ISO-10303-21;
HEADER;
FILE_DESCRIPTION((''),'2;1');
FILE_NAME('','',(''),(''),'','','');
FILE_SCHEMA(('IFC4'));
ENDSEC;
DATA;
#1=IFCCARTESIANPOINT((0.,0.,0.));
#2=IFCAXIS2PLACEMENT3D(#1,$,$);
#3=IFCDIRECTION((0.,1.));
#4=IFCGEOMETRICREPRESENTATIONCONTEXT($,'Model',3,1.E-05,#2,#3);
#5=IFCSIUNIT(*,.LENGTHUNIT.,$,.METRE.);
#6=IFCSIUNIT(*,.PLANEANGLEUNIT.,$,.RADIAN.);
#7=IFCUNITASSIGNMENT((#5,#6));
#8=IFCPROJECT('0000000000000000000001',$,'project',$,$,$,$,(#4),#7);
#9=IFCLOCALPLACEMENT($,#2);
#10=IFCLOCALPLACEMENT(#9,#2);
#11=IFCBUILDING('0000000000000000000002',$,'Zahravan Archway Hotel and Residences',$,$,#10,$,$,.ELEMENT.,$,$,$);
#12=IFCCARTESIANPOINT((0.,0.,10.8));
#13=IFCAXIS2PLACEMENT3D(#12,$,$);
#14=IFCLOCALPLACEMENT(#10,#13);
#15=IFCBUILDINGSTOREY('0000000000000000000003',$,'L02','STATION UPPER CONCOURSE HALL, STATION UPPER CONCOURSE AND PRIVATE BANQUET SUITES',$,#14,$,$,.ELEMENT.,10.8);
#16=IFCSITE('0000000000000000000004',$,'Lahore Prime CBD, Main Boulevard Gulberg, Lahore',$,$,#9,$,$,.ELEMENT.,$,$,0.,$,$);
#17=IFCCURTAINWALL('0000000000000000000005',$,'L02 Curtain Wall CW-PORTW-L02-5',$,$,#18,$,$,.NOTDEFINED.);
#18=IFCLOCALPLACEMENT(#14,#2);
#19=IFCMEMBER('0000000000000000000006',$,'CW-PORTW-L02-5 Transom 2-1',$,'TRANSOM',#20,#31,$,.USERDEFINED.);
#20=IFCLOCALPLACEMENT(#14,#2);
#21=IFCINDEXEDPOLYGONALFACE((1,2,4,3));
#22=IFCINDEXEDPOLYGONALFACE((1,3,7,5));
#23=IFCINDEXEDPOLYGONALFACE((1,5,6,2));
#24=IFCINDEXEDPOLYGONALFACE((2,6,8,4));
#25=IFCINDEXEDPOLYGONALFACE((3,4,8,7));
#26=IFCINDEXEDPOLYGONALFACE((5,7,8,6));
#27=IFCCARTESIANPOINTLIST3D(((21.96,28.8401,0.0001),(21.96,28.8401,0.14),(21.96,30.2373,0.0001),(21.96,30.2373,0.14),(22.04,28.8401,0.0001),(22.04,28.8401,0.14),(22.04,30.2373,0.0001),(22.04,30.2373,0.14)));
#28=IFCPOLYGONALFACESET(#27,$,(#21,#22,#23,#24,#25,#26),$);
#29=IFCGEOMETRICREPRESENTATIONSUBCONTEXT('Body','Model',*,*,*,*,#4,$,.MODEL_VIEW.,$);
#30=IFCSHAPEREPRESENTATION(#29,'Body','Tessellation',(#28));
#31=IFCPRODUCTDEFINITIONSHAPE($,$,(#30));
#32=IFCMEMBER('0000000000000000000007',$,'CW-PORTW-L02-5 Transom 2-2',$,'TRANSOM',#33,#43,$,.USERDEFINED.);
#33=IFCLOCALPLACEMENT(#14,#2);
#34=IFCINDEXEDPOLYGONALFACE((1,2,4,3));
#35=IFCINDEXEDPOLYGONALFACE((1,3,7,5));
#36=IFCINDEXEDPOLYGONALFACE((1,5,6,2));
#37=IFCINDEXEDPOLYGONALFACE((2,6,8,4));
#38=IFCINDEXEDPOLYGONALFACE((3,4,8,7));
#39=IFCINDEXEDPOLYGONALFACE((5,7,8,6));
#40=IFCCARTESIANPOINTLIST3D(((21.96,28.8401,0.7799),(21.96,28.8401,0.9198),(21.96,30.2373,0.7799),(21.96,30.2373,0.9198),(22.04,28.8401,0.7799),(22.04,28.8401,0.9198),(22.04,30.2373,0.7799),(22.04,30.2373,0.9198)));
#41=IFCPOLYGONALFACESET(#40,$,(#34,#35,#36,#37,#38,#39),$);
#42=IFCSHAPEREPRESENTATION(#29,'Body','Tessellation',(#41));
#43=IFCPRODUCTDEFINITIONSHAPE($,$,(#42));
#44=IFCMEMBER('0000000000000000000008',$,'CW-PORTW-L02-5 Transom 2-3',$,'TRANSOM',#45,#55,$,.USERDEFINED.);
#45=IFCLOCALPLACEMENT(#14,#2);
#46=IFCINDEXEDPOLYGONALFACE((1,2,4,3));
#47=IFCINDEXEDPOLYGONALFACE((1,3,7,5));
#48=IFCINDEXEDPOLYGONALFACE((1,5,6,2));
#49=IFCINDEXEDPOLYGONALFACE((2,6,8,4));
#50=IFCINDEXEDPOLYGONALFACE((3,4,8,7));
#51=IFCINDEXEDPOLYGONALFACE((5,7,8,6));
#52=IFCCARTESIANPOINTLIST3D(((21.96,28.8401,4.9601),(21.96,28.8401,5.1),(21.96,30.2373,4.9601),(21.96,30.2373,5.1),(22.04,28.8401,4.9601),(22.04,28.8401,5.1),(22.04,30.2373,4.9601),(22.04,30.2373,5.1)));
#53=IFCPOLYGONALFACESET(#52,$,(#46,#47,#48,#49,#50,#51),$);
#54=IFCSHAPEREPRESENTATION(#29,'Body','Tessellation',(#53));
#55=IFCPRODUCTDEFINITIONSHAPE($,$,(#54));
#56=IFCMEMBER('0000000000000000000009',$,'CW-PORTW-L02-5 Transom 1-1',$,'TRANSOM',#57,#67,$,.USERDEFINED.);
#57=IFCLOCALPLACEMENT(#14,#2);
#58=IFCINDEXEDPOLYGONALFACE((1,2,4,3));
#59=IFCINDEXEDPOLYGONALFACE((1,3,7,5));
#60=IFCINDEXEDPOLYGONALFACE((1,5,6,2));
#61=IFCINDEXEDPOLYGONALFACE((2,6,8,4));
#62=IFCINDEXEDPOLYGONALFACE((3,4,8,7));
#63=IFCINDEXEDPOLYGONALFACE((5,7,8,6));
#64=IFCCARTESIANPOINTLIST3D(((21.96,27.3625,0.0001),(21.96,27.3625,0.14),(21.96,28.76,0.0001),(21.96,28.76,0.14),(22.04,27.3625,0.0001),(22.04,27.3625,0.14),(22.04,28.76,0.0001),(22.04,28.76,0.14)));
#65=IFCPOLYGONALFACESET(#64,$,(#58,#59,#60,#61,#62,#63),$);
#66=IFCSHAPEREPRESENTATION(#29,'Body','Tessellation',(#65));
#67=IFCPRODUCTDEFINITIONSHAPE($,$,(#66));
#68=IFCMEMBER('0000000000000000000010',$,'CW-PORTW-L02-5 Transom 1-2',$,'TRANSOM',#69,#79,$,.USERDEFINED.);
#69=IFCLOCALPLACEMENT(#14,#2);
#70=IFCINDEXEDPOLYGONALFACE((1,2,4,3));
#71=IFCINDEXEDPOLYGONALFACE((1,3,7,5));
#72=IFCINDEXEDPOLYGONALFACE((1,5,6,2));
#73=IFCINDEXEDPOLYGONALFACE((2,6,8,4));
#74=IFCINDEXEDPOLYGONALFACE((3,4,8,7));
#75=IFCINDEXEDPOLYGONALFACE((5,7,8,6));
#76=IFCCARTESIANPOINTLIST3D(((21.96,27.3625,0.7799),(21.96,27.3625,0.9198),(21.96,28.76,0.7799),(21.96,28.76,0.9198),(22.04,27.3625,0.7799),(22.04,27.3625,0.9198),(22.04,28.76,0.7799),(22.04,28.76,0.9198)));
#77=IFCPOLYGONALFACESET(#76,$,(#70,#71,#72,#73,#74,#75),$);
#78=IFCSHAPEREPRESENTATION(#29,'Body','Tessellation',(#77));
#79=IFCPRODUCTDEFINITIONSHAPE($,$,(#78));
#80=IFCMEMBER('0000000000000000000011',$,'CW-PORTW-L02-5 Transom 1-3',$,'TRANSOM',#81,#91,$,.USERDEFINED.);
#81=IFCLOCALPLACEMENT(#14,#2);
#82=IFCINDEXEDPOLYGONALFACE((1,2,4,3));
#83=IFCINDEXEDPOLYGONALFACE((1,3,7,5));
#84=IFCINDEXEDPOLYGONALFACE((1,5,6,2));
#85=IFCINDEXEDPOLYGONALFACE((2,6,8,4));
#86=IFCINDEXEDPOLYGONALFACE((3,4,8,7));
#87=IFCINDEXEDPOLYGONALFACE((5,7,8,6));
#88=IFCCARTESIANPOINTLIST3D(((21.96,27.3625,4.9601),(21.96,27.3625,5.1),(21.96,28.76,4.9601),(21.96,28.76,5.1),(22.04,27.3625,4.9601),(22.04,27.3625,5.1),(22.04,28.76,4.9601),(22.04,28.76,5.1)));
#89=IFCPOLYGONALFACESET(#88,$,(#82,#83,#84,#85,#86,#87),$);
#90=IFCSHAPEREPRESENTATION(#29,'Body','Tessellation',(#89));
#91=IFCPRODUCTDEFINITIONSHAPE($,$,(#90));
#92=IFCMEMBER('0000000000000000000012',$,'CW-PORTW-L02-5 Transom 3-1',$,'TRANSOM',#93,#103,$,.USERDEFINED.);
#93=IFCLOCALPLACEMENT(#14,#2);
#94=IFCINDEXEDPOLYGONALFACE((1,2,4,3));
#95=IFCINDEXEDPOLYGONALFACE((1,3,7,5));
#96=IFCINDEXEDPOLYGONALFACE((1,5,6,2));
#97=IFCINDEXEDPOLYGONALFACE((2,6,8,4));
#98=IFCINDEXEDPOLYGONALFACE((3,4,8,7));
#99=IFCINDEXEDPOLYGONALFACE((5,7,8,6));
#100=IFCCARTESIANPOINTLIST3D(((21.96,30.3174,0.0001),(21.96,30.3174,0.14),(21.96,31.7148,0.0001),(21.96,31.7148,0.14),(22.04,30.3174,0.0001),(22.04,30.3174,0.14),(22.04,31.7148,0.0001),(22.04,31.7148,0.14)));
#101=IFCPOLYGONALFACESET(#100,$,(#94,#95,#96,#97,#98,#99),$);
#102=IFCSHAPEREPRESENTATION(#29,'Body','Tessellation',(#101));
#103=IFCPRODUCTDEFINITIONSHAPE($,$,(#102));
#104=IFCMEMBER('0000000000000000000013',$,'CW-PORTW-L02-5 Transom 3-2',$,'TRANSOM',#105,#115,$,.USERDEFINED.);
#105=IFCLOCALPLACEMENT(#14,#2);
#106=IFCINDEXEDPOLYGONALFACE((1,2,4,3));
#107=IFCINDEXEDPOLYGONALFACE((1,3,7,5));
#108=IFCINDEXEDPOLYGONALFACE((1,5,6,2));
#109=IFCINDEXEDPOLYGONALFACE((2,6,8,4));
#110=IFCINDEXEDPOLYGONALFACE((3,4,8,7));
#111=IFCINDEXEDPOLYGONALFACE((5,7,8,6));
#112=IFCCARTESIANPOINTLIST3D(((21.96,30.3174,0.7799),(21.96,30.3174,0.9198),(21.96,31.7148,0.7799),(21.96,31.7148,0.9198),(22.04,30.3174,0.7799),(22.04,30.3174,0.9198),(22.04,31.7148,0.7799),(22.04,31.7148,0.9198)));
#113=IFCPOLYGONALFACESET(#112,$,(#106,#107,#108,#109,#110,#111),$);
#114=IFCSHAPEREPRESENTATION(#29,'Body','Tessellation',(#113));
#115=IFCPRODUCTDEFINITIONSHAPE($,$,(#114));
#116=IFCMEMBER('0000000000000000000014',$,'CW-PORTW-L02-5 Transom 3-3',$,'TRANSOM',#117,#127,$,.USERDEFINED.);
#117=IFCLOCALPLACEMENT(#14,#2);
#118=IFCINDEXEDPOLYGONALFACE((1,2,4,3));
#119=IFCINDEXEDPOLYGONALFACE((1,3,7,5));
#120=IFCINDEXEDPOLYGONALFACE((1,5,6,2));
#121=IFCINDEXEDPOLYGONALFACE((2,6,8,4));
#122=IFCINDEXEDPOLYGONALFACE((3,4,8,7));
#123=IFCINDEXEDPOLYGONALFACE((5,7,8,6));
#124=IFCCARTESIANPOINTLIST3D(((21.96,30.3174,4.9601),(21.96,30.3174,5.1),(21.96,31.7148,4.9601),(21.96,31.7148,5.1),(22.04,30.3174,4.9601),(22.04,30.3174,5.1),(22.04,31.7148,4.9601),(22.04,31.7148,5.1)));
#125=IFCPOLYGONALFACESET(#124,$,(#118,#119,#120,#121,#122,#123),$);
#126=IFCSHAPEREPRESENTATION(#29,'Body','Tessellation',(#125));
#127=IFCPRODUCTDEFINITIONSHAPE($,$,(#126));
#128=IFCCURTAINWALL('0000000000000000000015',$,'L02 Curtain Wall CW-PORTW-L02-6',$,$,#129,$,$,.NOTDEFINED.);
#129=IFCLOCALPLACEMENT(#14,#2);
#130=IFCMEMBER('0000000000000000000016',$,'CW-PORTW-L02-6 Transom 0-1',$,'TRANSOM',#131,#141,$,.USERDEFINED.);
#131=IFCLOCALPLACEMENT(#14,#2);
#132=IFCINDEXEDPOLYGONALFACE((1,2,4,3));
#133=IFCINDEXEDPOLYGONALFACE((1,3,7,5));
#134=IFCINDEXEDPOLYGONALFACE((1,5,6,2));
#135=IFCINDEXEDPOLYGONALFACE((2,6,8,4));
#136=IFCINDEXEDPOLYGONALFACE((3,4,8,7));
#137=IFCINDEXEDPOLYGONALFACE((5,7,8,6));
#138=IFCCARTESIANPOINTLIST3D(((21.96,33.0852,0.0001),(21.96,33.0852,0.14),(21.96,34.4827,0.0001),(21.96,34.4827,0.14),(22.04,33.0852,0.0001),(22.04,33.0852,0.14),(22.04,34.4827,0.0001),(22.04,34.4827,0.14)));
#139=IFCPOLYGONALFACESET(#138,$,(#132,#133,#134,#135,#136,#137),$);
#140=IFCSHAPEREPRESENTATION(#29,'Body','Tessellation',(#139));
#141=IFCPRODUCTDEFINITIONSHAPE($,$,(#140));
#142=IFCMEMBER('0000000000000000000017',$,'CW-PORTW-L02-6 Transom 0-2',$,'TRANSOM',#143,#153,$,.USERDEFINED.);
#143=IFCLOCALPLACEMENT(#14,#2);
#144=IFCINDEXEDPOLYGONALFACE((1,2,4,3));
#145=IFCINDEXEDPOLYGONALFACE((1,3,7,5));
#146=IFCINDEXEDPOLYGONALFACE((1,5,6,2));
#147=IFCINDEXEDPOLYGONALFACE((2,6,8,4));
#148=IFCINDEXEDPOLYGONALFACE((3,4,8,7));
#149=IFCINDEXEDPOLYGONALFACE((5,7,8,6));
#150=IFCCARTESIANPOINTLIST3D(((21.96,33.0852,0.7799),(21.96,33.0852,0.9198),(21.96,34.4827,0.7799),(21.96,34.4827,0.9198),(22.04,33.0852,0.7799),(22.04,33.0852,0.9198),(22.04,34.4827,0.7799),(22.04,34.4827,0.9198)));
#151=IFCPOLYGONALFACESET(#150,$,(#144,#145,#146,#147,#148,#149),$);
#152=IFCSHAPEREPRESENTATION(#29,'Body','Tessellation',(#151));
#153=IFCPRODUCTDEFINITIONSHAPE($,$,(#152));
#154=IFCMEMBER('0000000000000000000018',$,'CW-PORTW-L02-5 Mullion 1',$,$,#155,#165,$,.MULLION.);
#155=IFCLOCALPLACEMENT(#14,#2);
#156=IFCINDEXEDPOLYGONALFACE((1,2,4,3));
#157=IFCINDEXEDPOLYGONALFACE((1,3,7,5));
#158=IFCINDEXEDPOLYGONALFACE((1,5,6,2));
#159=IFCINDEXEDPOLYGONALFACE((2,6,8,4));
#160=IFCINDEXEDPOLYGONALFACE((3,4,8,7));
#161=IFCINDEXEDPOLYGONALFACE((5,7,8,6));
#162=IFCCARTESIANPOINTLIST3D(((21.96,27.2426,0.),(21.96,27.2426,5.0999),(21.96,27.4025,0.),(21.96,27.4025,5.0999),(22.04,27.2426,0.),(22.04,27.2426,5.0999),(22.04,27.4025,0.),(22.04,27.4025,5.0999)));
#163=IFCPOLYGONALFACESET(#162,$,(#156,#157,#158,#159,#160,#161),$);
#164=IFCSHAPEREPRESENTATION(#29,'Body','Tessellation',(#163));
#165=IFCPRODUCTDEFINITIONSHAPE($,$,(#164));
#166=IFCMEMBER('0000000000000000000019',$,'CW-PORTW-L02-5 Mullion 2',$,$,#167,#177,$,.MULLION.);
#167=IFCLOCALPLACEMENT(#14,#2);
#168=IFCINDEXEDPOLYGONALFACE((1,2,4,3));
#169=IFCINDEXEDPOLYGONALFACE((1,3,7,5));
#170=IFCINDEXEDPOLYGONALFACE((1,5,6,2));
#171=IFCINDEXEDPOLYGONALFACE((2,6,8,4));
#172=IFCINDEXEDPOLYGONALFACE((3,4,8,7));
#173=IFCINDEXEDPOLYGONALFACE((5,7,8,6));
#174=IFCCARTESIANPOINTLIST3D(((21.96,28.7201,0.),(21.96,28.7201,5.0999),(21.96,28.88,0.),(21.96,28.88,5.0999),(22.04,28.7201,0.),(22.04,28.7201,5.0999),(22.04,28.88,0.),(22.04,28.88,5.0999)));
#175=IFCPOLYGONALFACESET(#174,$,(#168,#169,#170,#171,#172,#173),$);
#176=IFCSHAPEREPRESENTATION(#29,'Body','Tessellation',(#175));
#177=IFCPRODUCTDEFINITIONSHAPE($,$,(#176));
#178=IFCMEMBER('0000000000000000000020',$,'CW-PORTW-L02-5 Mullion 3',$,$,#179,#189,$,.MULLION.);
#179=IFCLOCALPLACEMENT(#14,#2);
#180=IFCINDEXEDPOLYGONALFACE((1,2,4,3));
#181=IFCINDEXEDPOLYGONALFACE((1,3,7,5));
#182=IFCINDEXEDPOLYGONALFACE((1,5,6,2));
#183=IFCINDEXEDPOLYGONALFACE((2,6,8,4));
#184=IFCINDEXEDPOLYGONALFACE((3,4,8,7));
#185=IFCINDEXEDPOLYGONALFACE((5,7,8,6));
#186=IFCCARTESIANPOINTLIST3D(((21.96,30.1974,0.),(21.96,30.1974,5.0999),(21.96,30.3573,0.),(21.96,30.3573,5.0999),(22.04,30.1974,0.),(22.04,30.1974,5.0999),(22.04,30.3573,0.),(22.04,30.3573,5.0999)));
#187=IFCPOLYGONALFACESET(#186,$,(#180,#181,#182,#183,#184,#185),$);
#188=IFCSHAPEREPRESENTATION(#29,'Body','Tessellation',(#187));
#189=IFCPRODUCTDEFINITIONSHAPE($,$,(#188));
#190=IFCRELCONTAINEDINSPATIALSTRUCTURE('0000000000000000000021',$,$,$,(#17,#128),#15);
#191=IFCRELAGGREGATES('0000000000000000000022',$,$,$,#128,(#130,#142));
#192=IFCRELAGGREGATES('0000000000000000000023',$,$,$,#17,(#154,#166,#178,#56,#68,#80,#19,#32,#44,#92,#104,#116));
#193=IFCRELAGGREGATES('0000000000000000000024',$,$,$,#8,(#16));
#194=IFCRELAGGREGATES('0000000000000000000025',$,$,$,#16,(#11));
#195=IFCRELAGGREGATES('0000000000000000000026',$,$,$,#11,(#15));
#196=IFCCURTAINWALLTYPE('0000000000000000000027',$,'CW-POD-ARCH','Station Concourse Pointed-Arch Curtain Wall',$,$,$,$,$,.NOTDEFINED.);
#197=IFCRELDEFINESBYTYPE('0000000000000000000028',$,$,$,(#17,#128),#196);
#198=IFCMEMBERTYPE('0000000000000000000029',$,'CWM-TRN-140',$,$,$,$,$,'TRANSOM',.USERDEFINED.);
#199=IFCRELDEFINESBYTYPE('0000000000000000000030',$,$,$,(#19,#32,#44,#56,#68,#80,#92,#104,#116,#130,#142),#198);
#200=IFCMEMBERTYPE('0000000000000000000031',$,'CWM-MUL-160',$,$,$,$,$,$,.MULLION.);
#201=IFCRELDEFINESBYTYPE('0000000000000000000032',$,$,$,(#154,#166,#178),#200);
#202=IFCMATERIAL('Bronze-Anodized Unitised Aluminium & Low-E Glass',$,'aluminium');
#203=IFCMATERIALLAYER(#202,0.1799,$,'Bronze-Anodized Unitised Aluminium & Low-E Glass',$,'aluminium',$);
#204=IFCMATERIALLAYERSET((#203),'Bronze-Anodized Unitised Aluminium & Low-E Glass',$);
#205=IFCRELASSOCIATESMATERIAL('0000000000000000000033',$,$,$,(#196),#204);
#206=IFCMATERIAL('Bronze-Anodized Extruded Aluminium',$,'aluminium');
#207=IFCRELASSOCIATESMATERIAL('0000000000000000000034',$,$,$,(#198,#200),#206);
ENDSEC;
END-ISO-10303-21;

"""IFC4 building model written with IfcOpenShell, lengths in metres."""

from ifc_helpers import new_model, si_unit, direction, frame, origin, origin_2d, place, context, subcontext, project, spatial, rectangle, extrude, source, transform, mapped, material, layer, layer_set, material_profile, profile_set, type_object, element, aggregate, save


model = new_model("IFC4")

# Units and contexts
model_context = context("Model", 3, precision=1e-05, world=origin(), true_north=direction((0.0, 1.0)))
body_context = subcontext(model_context, "Body", "Model", "MODEL_VIEW")
ifc_project = project(units=[si_unit("LENGTHUNIT", "METRE"), si_unit("PLANEANGLEUNIT", "RADIAN")], contexts=[model_context])

# Site, building, storey
site_placement = place(None, origin())
site = spatial("IfcSite", under=ifc_project, at=site_placement, Name="Lahore Prime CBD, Main Boulevard Gulberg, Lahore", CompositionType="ELEMENT", RefElevation=0.0)
building_placement = place(site_placement, origin())
building = spatial("IfcBuilding", under=site, at=building_placement, Name="Zahravan Archway Hotel and Residences", CompositionType="ELEMENT")
storey_placement = place(building_placement, frame((0.0, 0.0, 10.8)))
storey = spatial("IfcBuildingStorey", under=building, at=storey_placement, Name="L02", Description="STATION UPPER CONCOURSE HALL, STATION UPPER CONCOURSE AND PRIVATE BANQUET SUITES", CompositionType="ELEMENT", Elevation=10.8)

# Curtain walls, members
ifc_material_1 = material(Name="Bronze-Anodized Unitised Aluminium & Low-E Glass", Category="aluminium")
ifc_layer_1 = layer(ifc_material_1, 0.1799, Name="Bronze-Anodized Unitised Aluminium & Low-E Glass", Category="aluminium")
ifc_layer_set_1 = layer_set([ifc_layer_1], Name="Bronze-Anodized Unitised Aluminium & Low-E Glass")
curtain_wall_type = type_object("IfcCurtainWallType", Name="CW-POD-ARCH", Description="Station Concourse Pointed-Arch Curtain Wall", PredefinedType="NOTDEFINED", material=ifc_layer_set_1)
curtain_wall_1_placement = place(storey_placement, origin())
curtain_wall_1 = element("IfcCurtainWall", 1, at=curtain_wall_1_placement, inside=storey, type_object=curtain_wall_type, Name="L02 Curtain Wall CW-PORTW-L02-5", PredefinedType="NOTDEFINED")
ifc_material_2 = material(Name="Bronze-Anodized Extruded Aluminium", Category="aluminium")
ifc_material_profile_1 = material_profile(ifc_material_2, rectangle(XDim=0.0801, YDim=0.1399, at=origin_2d()), Name="TRN 80x140", Category="aluminium")
ifc_profile_set_1 = profile_set([ifc_material_profile_1], Name="Bronze-Anodized Extruded Aluminium")
member_type_1 = type_object("IfcMemberType", Name="CWM-TRN-140", ElementType="TRANSOM", PredefinedType="USERDEFINED", material=ifc_profile_set_1)
shared_shape_1 = source(origin(), body_context, "Body", "SweptSolid", [
    extrude(rectangle(XDim=0.0801, YDim=0.1399, at=origin_2d()), origin(), (0.0, 0.0, 1.0), 1.3972),
])
member_1_placement = place(storey_placement, frame((22.0, 28.8401, 0.0701), z_axis=(0.0, 1.0, 0.0), x_axis=(-1.0, 0.0, 0.0)))
member_1 = element("IfcMember", 2, at=member_1_placement, type_object=member_type_1, Name="CW-PORTW-L02-5 Transom 2-1", ObjectType="TRANSOM", PredefinedType="USERDEFINED", context=body_context, shape_type="MappedRepresentation", body=[
    mapped(shared_shape_1, transform((0.0, 0.0, 0.0), scale=1.0)),
])
member_2_placement = place(storey_placement, frame((22.0, 28.8401, 0.8499), z_axis=(0.0, 1.0, 0.0), x_axis=(-1.0, 0.0, 0.0)))
member_2 = element("IfcMember", 3, at=member_2_placement, type_object=member_type_1, Name="CW-PORTW-L02-5 Transom 2-2", ObjectType="TRANSOM", PredefinedType="USERDEFINED", context=body_context, shape_type="MappedRepresentation", body=[
    mapped(shared_shape_1, transform((0.0, 0.0, 0.0), scale=1.0)),
])
member_3_placement = place(storey_placement, frame((22.0, 28.8401, 5.03), z_axis=(0.0, 1.0, 0.0), x_axis=(-1.0, 0.0, 0.0)))
member_3 = element("IfcMember", 4, at=member_3_placement, type_object=member_type_1, Name="CW-PORTW-L02-5 Transom 2-3", ObjectType="TRANSOM", PredefinedType="USERDEFINED", context=body_context, shape_type="MappedRepresentation", body=[
    mapped(shared_shape_1, transform((0.0, 0.0, 0.0), scale=1.0)),
])
shared_shape_2 = source(origin(), body_context, "Body", "SweptSolid", [
    extrude(rectangle(XDim=0.0801, YDim=0.1399, at=origin_2d()), origin(), (0.0, 0.0, 1.0), 1.3975),
])
member_4_placement = place(storey_placement, frame((22.0, 27.3625, 0.0701), z_axis=(0.0, 1.0, 0.0), x_axis=(-1.0, 0.0, 0.0)))
member_4 = element("IfcMember", 5, at=member_4_placement, type_object=member_type_1, Name="CW-PORTW-L02-5 Transom 1-1", ObjectType="TRANSOM", PredefinedType="USERDEFINED", context=body_context, shape_type="MappedRepresentation", body=[
    mapped(shared_shape_2, transform((0.0, 0.0, 0.0), scale=1.0)),
])
member_5_placement = place(storey_placement, frame((22.0, 27.3625, 0.8499), z_axis=(0.0, 1.0, 0.0), x_axis=(-1.0, 0.0, 0.0)))
member_5 = element("IfcMember", 6, at=member_5_placement, type_object=member_type_1, Name="CW-PORTW-L02-5 Transom 1-2", ObjectType="TRANSOM", PredefinedType="USERDEFINED", context=body_context, shape_type="MappedRepresentation", body=[
    mapped(shared_shape_2, transform((0.0, 0.0, 0.0), scale=1.0)),
])
member_6_placement = place(storey_placement, frame((22.0, 27.3625, 5.03), z_axis=(0.0, 1.0, 0.0), x_axis=(-1.0, 0.0, 0.0)))
member_6 = element("IfcMember", 7, at=member_6_placement, type_object=member_type_1, Name="CW-PORTW-L02-5 Transom 1-3", ObjectType="TRANSOM", PredefinedType="USERDEFINED", context=body_context, shape_type="MappedRepresentation", body=[
    mapped(shared_shape_2, transform((0.0, 0.0, 0.0), scale=1.0)),
])
member_7_placement = place(storey_placement, frame((22.0, 30.3174, 0.0701), z_axis=(0.0, 1.0, 0.0), x_axis=(-1.0, 0.0, 0.0)))
member_7 = element("IfcMember", 8, at=member_7_placement, type_object=member_type_1, Name="CW-PORTW-L02-5 Transom 3-1", ObjectType="TRANSOM", PredefinedType="USERDEFINED", context=body_context, shape_type="MappedRepresentation", body=[
    mapped(shared_shape_2, transform((0.0, 0.0, 0.0), scale=1.0)),
])
member_8_placement = place(storey_placement, frame((22.0, 30.3174, 0.8499), z_axis=(0.0, 1.0, 0.0), x_axis=(-1.0, 0.0, 0.0)))
member_8 = element("IfcMember", 9, at=member_8_placement, type_object=member_type_1, Name="CW-PORTW-L02-5 Transom 3-2", ObjectType="TRANSOM", PredefinedType="USERDEFINED", context=body_context, shape_type="MappedRepresentation", body=[
    mapped(shared_shape_2, transform((0.0, 0.0, 0.0), scale=1.0)),
])
member_9_placement = place(storey_placement, frame((22.0, 30.3174, 5.03), z_axis=(0.0, 1.0, 0.0), x_axis=(-1.0, 0.0, 0.0)))
member_9 = element("IfcMember", 10, at=member_9_placement, type_object=member_type_1, Name="CW-PORTW-L02-5 Transom 3-3", ObjectType="TRANSOM", PredefinedType="USERDEFINED", context=body_context, shape_type="MappedRepresentation", body=[
    mapped(shared_shape_2, transform((0.0, 0.0, 0.0), scale=1.0)),
])
curtain_wall_2_placement = place(storey_placement, origin())
curtain_wall_2 = element("IfcCurtainWall", 11, at=curtain_wall_2_placement, inside=storey, type_object=curtain_wall_type, Name="L02 Curtain Wall CW-PORTW-L02-6", PredefinedType="NOTDEFINED")
member_10_placement = place(storey_placement, frame((22.0, 33.0852, 0.0701), z_axis=(0.0, 1.0, 0.0), x_axis=(-1.0, 0.0, 0.0)))
member_10 = element("IfcMember", 12, at=member_10_placement, type_object=member_type_1, Name="CW-PORTW-L02-6 Transom 0-1", ObjectType="TRANSOM", PredefinedType="USERDEFINED", context=body_context, shape_type="MappedRepresentation", body=[
    mapped(shared_shape_2, transform((0.0, 0.0, 0.0), scale=1.0)),
])
member_11_placement = place(storey_placement, frame((22.0, 33.0852, 0.8499), z_axis=(0.0, 1.0, 0.0), x_axis=(-1.0, 0.0, 0.0)))
member_11 = element("IfcMember", 13, at=member_11_placement, type_object=member_type_1, Name="CW-PORTW-L02-6 Transom 0-2", ObjectType="TRANSOM", PredefinedType="USERDEFINED", context=body_context, shape_type="MappedRepresentation", body=[
    mapped(shared_shape_2, transform((0.0, 0.0, 0.0), scale=1.0)),
])

# Members
ifc_material_profile_2 = material_profile(ifc_material_2, rectangle(XDim=0.0801, YDim=0.1599, at=origin_2d()), Name="MUL 80x160", Category="aluminium")
ifc_profile_set_2 = profile_set([ifc_material_profile_2], Name="Bronze-Anodized Extruded Aluminium")
member_type_2 = type_object("IfcMemberType", Name="CWM-MUL-160", PredefinedType="MULLION", material=ifc_profile_set_2)
shared_shape_3 = source(origin(), body_context, "Body", "SweptSolid", [
    extrude(rectangle(XDim=0.0801, YDim=0.1599, at=origin_2d()), origin(), (0.0, 0.0, 1.0), 5.0999),
])
member_12_placement = place(storey_placement, frame((22.0, 27.3225, 0.0), z_axis=(0.0, 0.0, 1.0), x_axis=(1.0, 0.0, 0.0)))
member_12 = element("IfcMember", 14, at=member_12_placement, type_object=member_type_2, Name="CW-PORTW-L02-5 Mullion 1", PredefinedType="MULLION", context=body_context, shape_type="MappedRepresentation", body=[
    mapped(shared_shape_3, transform((0.0, 0.0, 0.0), scale=1.0)),
])
member_13_placement = place(storey_placement, frame((22.0, 28.8, 0.0), z_axis=(0.0, 0.0, 1.0), x_axis=(1.0, 0.0, 0.0)))
member_13 = element("IfcMember", 15, at=member_13_placement, type_object=member_type_2, Name="CW-PORTW-L02-5 Mullion 2", PredefinedType="MULLION", context=body_context, shape_type="MappedRepresentation", body=[
    mapped(shared_shape_3, transform((0.0, 0.0, 0.0), scale=1.0)),
])
member_14_placement = place(storey_placement, frame((22.0, 30.2773, 0.0), z_axis=(0.0, 0.0, 1.0), x_axis=(1.0, 0.0, 0.0)))
member_14 = element("IfcMember", 16, at=member_14_placement, type_object=member_type_2, Name="CW-PORTW-L02-5 Mullion 3", PredefinedType="MULLION", context=body_context, shape_type="MappedRepresentation", body=[
    mapped(shared_shape_3, transform((0.0, 0.0, 0.0), scale=1.0)),
])
aggregate(curtain_wall_2, [member_10, member_11])

aggregate(curtain_wall_1, [member_12, member_13, member_14, member_4, member_5, member_6, member_1, member_2, member_3, member_7, member_8, member_9])

save(model, "model.ifc")
